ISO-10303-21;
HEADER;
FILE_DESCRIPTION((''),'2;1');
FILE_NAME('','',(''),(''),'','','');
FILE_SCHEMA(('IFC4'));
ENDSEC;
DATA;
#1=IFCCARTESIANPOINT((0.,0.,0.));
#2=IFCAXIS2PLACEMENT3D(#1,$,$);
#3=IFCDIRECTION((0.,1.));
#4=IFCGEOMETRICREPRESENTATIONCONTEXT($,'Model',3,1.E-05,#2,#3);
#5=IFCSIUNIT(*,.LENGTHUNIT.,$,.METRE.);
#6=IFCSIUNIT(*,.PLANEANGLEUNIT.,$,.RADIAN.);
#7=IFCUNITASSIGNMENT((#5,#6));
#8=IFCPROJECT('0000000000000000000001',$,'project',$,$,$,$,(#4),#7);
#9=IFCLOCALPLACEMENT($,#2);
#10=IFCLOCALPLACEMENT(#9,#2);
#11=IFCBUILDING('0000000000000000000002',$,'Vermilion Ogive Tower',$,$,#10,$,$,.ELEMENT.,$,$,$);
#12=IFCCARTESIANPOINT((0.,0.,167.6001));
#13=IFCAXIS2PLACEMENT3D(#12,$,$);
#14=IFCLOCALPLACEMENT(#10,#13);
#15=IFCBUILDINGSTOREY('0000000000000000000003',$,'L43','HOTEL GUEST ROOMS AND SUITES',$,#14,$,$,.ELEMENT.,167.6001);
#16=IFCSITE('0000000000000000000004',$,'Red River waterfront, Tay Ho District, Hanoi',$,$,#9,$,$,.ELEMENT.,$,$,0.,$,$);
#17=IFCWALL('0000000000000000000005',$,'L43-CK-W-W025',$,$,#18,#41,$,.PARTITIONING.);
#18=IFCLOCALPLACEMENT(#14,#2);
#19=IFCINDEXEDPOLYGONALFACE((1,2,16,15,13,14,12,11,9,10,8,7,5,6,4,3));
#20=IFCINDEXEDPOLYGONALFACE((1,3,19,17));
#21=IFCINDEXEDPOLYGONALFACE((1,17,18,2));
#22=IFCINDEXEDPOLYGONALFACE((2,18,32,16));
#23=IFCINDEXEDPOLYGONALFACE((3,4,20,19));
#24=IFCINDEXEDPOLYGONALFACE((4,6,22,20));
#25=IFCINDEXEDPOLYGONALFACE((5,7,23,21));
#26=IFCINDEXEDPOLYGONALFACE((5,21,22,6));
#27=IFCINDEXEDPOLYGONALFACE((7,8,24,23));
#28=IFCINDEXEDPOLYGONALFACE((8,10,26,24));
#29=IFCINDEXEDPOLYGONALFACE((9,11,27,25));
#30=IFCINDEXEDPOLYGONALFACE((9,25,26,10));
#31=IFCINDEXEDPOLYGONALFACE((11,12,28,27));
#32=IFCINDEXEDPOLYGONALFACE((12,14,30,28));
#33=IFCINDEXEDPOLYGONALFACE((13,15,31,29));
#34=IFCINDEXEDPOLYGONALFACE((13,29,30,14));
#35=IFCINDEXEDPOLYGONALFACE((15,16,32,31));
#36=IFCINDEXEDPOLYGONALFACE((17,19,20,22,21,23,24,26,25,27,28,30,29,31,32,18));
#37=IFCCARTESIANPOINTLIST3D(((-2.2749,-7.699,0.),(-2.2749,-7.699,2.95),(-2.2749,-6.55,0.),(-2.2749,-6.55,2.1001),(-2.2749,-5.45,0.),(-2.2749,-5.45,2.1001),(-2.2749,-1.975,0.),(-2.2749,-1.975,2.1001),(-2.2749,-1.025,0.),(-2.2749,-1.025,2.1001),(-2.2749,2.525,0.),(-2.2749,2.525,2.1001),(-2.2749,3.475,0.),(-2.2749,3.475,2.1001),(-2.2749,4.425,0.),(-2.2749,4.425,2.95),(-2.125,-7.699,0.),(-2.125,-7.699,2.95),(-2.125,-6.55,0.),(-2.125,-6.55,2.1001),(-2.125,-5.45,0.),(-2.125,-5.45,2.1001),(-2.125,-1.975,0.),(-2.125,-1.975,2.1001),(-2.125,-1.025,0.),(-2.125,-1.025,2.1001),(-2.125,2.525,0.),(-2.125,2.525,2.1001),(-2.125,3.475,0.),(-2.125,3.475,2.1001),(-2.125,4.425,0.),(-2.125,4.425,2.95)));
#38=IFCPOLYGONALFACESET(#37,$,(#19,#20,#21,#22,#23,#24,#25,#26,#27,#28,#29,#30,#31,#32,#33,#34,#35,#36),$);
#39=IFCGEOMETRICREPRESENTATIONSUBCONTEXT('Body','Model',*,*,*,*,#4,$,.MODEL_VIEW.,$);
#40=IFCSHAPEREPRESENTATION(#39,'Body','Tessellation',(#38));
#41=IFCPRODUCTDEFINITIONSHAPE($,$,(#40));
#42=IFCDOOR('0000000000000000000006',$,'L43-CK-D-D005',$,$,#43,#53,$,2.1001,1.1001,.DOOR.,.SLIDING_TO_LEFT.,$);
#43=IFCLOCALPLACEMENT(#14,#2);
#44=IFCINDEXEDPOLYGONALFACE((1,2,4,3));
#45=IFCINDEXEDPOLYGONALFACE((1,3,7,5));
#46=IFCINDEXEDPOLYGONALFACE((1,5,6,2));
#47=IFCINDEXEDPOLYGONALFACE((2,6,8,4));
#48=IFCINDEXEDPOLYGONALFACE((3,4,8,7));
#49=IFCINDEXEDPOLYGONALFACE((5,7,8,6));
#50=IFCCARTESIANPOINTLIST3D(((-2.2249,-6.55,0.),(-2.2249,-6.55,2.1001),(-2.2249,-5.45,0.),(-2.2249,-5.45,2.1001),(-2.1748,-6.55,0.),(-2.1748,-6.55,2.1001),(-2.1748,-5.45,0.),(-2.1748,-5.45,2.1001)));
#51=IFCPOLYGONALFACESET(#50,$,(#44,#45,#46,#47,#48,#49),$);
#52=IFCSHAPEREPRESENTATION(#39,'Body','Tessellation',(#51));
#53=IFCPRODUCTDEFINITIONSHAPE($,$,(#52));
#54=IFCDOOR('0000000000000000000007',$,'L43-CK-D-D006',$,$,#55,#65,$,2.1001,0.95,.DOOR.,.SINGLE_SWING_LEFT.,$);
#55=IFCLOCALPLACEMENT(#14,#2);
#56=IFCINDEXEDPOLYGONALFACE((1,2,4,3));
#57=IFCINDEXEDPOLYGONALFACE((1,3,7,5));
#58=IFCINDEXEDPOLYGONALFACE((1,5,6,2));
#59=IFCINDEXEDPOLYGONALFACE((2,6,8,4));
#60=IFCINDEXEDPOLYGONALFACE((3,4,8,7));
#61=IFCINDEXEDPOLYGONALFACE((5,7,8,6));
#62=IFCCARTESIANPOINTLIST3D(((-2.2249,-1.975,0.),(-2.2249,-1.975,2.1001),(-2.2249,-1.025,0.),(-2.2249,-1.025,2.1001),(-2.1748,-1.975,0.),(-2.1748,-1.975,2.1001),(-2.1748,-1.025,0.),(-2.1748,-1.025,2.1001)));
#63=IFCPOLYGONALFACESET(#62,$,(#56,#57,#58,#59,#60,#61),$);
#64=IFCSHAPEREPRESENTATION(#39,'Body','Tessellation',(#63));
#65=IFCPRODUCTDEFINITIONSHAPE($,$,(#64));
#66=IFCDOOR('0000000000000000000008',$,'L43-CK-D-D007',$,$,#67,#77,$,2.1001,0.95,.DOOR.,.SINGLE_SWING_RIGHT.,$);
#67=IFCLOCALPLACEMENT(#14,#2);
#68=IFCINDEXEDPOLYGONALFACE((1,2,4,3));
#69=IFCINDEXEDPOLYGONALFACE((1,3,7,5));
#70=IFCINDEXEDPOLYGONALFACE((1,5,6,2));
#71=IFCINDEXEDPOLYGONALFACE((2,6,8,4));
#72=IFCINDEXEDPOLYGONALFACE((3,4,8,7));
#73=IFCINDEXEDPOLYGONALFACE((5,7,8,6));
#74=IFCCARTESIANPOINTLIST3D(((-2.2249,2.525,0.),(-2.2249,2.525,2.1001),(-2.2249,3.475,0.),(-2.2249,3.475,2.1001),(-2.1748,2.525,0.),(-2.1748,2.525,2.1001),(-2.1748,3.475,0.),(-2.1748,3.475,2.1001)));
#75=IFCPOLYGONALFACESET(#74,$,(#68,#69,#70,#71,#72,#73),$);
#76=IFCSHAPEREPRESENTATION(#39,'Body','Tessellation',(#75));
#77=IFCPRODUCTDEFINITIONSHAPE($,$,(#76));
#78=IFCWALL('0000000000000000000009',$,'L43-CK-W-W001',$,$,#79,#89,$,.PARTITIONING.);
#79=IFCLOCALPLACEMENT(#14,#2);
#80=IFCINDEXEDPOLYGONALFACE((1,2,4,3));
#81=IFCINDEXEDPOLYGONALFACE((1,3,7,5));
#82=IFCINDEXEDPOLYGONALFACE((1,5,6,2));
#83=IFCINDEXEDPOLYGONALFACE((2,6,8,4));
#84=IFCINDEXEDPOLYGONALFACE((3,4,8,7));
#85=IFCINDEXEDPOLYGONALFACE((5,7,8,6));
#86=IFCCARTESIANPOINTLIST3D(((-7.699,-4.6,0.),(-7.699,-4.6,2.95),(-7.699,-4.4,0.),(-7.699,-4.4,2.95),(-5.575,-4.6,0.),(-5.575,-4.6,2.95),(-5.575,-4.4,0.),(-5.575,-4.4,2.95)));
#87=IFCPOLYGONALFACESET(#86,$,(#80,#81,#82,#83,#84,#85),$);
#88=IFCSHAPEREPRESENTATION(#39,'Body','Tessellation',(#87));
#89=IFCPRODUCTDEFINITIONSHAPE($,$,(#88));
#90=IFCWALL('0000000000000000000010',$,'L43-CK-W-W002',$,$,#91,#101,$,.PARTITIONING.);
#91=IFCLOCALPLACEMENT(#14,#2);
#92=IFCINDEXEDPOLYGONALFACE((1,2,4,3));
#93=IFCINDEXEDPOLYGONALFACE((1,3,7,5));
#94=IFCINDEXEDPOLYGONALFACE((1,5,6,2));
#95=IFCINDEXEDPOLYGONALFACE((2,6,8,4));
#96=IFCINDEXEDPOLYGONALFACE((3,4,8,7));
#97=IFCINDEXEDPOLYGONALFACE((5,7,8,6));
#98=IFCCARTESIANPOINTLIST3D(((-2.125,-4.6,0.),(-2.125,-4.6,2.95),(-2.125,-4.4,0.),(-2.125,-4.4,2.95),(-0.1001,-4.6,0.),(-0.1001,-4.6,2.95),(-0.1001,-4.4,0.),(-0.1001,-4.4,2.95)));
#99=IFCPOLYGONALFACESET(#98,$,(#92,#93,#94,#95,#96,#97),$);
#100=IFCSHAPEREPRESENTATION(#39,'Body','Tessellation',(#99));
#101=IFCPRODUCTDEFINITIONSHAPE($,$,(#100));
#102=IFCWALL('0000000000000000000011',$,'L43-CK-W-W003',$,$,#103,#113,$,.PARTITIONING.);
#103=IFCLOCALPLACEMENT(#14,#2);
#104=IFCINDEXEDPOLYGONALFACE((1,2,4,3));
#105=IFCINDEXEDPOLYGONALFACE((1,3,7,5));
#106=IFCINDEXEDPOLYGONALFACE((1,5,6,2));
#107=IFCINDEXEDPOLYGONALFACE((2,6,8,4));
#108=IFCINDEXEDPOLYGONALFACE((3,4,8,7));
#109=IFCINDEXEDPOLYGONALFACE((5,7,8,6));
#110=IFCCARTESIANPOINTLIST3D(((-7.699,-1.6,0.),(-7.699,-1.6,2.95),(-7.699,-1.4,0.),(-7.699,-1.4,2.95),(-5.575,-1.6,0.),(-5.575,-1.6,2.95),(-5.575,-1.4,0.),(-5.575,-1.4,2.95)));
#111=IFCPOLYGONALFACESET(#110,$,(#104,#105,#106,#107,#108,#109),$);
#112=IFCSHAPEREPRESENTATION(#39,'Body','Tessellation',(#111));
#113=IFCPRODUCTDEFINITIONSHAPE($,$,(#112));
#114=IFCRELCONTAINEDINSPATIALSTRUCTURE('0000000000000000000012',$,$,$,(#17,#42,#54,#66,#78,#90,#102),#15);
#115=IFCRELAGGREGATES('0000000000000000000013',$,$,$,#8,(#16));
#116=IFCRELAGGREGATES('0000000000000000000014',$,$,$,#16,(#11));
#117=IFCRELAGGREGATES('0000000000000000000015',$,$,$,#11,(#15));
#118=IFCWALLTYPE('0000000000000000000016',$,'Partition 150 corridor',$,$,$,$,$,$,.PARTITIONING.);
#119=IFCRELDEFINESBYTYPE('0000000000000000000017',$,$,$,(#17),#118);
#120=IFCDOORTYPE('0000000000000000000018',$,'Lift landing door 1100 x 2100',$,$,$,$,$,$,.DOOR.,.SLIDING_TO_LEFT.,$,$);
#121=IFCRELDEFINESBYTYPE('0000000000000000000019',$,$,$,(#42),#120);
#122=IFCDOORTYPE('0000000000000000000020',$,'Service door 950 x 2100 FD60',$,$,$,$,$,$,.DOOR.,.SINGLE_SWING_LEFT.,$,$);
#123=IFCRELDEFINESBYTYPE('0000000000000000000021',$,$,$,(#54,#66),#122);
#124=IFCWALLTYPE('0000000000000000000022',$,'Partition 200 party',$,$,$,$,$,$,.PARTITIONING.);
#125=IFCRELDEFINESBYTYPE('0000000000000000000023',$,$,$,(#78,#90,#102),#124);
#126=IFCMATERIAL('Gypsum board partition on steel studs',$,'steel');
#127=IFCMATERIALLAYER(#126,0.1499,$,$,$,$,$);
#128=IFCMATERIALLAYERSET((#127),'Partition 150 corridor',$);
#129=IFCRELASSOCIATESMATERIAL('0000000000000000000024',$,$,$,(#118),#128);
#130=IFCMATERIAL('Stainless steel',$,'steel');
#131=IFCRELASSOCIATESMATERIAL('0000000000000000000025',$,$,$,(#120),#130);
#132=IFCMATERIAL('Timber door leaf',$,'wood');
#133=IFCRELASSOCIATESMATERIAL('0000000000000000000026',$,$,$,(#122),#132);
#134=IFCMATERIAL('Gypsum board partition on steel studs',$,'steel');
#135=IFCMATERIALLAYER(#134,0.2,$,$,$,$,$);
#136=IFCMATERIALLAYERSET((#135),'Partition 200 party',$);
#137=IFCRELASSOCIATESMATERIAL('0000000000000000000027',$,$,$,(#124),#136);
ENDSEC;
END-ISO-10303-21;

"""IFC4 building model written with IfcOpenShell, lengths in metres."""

from ifc_helpers import new_model, si_unit, direction, frame, frame_2d, origin, place, context, subcontext, project, spatial, rectangle, extrude, material, layer, layer_set, type_object, element, fill, save


model = new_model("IFC4")

# Units and contexts
model_context = context("Model", 3, precision=1e-05, world=origin(), true_north=direction((0.0, 1.0)))
body_context = subcontext(model_context, "Body", "Model", "MODEL_VIEW")
ifc_project = project(units=[si_unit("LENGTHUNIT", "METRE"), si_unit("PLANEANGLEUNIT", "RADIAN")], contexts=[model_context])

# Site, building, storey
site_placement = place(None, origin())
site = spatial("IfcSite", under=ifc_project, at=site_placement, Name="Red River waterfront, Tay Ho District, Hanoi", CompositionType="ELEMENT", RefElevation=0.0)
building_placement = place(site_placement, origin())
building = spatial("IfcBuilding", under=site, at=building_placement, Name="Vermilion Ogive Tower", CompositionType="ELEMENT")
storey_placement = place(building_placement, frame((0.0, 0.0, 167.6001)))
storey = spatial("IfcBuildingStorey", under=building, at=storey_placement, Name="L43", Description="HOTEL GUEST ROOMS AND SUITES", CompositionType="ELEMENT", Elevation=167.6001)

# Wall, openings, doors
ifc_material_1 = material(Name="Gypsum board partition on steel studs", Category="steel")
ifc_layer_1 = layer(ifc_material_1, 0.1499)
ifc_layer_set_1 = layer_set([ifc_layer_1], Name="Partition 150 corridor")
wall_type_1 = type_object("IfcWallType", Name="Partition 150 corridor", PredefinedType="PARTITIONING", material=ifc_layer_set_1)
ifc_material_2 = material(Name="Stainless steel", Category="steel")
door_type_1 = type_object("IfcDoorType", Name="Lift landing door 1100 x 2100", OperationType="SLIDING_TO_LEFT", PredefinedType="DOOR", material=ifc_material_2)
wall_1_placement = place(storey_placement, frame((-2.2, -7.699, 0.0), z_axis=(0.0, 0.0, 1.0), x_axis=(0.0, 1.0, 0.0)))
wall_1 = element("IfcWall", 1, at=wall_1_placement, inside=storey, type_object=wall_type_1, Name="L43-CK-W-W025", PredefinedType="PARTITIONING", context=body_context, shape_type="SweptSolid", body=[
    extrude(rectangle(XDim=12.124, YDim=0.1499, at=frame_2d((6.062, 0.0))), origin(), (0.0, 0.0, 1.0), 2.95),
])
opening_1_placement = place(wall_1_placement, frame((1.1489, 0.0, 0.0)))
opening_1 = element("IfcOpeningElement", 2, at=opening_1_placement, cuts=wall_1, PredefinedType="OPENING", context=body_context, shape_type="SweptSolid", body=[
    extrude(rectangle(XDim=1.1001, YDim=2.1001, at=frame_2d((0.55, 1.05))), frame((0.0, 0.085, 0.0), z_axis=(0.0, -1.0, 0.0), x_axis=(1.0, 0.0, 0.0)), (0.0, 0.0, 1.0), 0.1699),
])
opening_2_placement = place(wall_1_placement, frame((5.7239, 0.0, 0.0)))
opening_2 = element("IfcOpeningElement", 3, at=opening_2_placement, cuts=wall_1, PredefinedType="OPENING", context=body_context, shape_type="SweptSolid", body=[
    extrude(rectangle(XDim=0.95, YDim=2.1001, at=frame_2d((0.4751, 1.05))), frame((0.0, 0.085, 0.0), z_axis=(0.0, -1.0, 0.0), x_axis=(1.0, 0.0, 0.0)), (0.0, 0.0, 1.0), 0.1699),
])
opening_3_placement = place(wall_1_placement, frame((10.2239, 0.0, 0.0)))
opening_3 = element("IfcOpeningElement", 4, at=opening_3_placement, cuts=wall_1, PredefinedType="OPENING", context=body_context, shape_type="SweptSolid", body=[
    extrude(rectangle(XDim=0.95, YDim=2.1001, at=frame_2d((0.4751, 1.05))), frame((0.0, 0.085, 0.0), z_axis=(0.0, -1.0, 0.0), x_axis=(1.0, 0.0, 0.0)), (0.0, 0.0, 1.0), 0.1699),
])
door_1_placement = place(opening_1_placement, origin())
door_1 = element("IfcDoor", 5, at=door_1_placement, inside=storey, type_object=door_type_1, Name="L43-CK-D-D005", OperationType="SLIDING_TO_LEFT", OverallHeight=2.1001, OverallWidth=1.1001, PredefinedType="DOOR", context=body_context, shape_type="SweptSolid", body=[
    extrude(rectangle(XDim=1.1001, YDim=2.1001, at=frame_2d((0.55, 1.05))), frame((0.0, 0.0249, 0.0), z_axis=(0.0, -1.0, 0.0), x_axis=(1.0, 0.0, 0.0)), (0.0, 0.0, 1.0), 0.05),
])
fill(opening_1, door_1)
ifc_material_3 = material(Name="Timber door leaf", Category="wood")
door_type_2 = type_object("IfcDoorType", Name="Service door 950 x 2100 FD60", OperationType="SINGLE_SWING_LEFT", PredefinedType="DOOR", material=ifc_material_3)
door_2_placement = place(opening_2_placement, origin())
door_2 = element("IfcDoor", 6, at=door_2_placement, inside=storey, type_object=door_type_2, Name="L43-CK-D-D006", OperationType="SINGLE_SWING_LEFT", OverallHeight=2.1001, OverallWidth=0.95, PredefinedType="DOOR", context=body_context, shape_type="SweptSolid", body=[
    extrude(rectangle(XDim=0.95, YDim=2.1001, at=frame_2d((0.4751, 1.05))), frame((0.0, 0.0249, 0.0), z_axis=(0.0, -1.0, 0.0), x_axis=(1.0, 0.0, 0.0)), (0.0, 0.0, 1.0), 0.05),
])
fill(opening_2, door_2)
door_3_placement = place(opening_3_placement, origin())
door_3 = element("IfcDoor", 7, at=door_3_placement, inside=storey, type_object=door_type_2, Name="L43-CK-D-D007", OperationType="SINGLE_SWING_RIGHT", OverallHeight=2.1001, OverallWidth=0.95, PredefinedType="DOOR", context=body_context, shape_type="SweptSolid", body=[
    extrude(rectangle(XDim=0.95, YDim=2.1001, at=frame_2d((0.4751, 1.05))), frame((0.0, 0.0249, 0.0), z_axis=(0.0, -1.0, 0.0), x_axis=(1.0, 0.0, 0.0)), (0.0, 0.0, 1.0), 0.05),
])
fill(opening_3, door_3)

# Walls
ifc_material_4 = material(Name="Gypsum board partition on steel studs", Category="steel")
ifc_layer_2 = layer(ifc_material_4, 0.2)
ifc_layer_set_2 = layer_set([ifc_layer_2], Name="Partition 200 party")
wall_type_2 = type_object("IfcWallType", Name="Partition 200 party", PredefinedType="PARTITIONING", material=ifc_layer_set_2)
wall_2_placement = place(storey_placement, frame((-7.699, -4.5, 0.0), z_axis=(0.0, 0.0, 1.0), x_axis=(1.0, 0.0, 0.0)))
element("IfcWall", 8, at=wall_2_placement, inside=storey, type_object=wall_type_2, Name="L43-CK-W-W001", PredefinedType="PARTITIONING", context=body_context, shape_type="SweptSolid", body=[
    extrude(rectangle(XDim=2.124, YDim=0.2, at=frame_2d((1.062, 0.0))), origin(), (0.0, 0.0, 1.0), 2.95),
])
wall_3_placement = place(storey_placement, frame((-2.125, -4.5, 0.0), z_axis=(0.0, 0.0, 1.0), x_axis=(1.0, 0.0, 0.0)))
element("IfcWall", 9, at=wall_3_placement, inside=storey, type_object=wall_type_2, Name="L43-CK-W-W002", PredefinedType="PARTITIONING", context=body_context, shape_type="SweptSolid", body=[
    extrude(rectangle(XDim=2.0249, YDim=0.2, at=frame_2d((1.0125, 0.0))), origin(), (0.0, 0.0, 1.0), 2.95),
])
wall_4_placement = place(storey_placement, frame((-7.699, -1.5, 0.0), z_axis=(0.0, 0.0, 1.0), x_axis=(1.0, 0.0, 0.0)))
element("IfcWall", 10, at=wall_4_placement, inside=storey, type_object=wall_type_2, Name="L43-CK-W-W003", PredefinedType="PARTITIONING", context=body_context, shape_type="SweptSolid", body=[
    extrude(rectangle(XDim=2.124, YDim=0.2, at=frame_2d((1.062, 0.0))), origin(), (0.0, 0.0, 1.0), 2.95),
])

save(model, "model.ifc")
